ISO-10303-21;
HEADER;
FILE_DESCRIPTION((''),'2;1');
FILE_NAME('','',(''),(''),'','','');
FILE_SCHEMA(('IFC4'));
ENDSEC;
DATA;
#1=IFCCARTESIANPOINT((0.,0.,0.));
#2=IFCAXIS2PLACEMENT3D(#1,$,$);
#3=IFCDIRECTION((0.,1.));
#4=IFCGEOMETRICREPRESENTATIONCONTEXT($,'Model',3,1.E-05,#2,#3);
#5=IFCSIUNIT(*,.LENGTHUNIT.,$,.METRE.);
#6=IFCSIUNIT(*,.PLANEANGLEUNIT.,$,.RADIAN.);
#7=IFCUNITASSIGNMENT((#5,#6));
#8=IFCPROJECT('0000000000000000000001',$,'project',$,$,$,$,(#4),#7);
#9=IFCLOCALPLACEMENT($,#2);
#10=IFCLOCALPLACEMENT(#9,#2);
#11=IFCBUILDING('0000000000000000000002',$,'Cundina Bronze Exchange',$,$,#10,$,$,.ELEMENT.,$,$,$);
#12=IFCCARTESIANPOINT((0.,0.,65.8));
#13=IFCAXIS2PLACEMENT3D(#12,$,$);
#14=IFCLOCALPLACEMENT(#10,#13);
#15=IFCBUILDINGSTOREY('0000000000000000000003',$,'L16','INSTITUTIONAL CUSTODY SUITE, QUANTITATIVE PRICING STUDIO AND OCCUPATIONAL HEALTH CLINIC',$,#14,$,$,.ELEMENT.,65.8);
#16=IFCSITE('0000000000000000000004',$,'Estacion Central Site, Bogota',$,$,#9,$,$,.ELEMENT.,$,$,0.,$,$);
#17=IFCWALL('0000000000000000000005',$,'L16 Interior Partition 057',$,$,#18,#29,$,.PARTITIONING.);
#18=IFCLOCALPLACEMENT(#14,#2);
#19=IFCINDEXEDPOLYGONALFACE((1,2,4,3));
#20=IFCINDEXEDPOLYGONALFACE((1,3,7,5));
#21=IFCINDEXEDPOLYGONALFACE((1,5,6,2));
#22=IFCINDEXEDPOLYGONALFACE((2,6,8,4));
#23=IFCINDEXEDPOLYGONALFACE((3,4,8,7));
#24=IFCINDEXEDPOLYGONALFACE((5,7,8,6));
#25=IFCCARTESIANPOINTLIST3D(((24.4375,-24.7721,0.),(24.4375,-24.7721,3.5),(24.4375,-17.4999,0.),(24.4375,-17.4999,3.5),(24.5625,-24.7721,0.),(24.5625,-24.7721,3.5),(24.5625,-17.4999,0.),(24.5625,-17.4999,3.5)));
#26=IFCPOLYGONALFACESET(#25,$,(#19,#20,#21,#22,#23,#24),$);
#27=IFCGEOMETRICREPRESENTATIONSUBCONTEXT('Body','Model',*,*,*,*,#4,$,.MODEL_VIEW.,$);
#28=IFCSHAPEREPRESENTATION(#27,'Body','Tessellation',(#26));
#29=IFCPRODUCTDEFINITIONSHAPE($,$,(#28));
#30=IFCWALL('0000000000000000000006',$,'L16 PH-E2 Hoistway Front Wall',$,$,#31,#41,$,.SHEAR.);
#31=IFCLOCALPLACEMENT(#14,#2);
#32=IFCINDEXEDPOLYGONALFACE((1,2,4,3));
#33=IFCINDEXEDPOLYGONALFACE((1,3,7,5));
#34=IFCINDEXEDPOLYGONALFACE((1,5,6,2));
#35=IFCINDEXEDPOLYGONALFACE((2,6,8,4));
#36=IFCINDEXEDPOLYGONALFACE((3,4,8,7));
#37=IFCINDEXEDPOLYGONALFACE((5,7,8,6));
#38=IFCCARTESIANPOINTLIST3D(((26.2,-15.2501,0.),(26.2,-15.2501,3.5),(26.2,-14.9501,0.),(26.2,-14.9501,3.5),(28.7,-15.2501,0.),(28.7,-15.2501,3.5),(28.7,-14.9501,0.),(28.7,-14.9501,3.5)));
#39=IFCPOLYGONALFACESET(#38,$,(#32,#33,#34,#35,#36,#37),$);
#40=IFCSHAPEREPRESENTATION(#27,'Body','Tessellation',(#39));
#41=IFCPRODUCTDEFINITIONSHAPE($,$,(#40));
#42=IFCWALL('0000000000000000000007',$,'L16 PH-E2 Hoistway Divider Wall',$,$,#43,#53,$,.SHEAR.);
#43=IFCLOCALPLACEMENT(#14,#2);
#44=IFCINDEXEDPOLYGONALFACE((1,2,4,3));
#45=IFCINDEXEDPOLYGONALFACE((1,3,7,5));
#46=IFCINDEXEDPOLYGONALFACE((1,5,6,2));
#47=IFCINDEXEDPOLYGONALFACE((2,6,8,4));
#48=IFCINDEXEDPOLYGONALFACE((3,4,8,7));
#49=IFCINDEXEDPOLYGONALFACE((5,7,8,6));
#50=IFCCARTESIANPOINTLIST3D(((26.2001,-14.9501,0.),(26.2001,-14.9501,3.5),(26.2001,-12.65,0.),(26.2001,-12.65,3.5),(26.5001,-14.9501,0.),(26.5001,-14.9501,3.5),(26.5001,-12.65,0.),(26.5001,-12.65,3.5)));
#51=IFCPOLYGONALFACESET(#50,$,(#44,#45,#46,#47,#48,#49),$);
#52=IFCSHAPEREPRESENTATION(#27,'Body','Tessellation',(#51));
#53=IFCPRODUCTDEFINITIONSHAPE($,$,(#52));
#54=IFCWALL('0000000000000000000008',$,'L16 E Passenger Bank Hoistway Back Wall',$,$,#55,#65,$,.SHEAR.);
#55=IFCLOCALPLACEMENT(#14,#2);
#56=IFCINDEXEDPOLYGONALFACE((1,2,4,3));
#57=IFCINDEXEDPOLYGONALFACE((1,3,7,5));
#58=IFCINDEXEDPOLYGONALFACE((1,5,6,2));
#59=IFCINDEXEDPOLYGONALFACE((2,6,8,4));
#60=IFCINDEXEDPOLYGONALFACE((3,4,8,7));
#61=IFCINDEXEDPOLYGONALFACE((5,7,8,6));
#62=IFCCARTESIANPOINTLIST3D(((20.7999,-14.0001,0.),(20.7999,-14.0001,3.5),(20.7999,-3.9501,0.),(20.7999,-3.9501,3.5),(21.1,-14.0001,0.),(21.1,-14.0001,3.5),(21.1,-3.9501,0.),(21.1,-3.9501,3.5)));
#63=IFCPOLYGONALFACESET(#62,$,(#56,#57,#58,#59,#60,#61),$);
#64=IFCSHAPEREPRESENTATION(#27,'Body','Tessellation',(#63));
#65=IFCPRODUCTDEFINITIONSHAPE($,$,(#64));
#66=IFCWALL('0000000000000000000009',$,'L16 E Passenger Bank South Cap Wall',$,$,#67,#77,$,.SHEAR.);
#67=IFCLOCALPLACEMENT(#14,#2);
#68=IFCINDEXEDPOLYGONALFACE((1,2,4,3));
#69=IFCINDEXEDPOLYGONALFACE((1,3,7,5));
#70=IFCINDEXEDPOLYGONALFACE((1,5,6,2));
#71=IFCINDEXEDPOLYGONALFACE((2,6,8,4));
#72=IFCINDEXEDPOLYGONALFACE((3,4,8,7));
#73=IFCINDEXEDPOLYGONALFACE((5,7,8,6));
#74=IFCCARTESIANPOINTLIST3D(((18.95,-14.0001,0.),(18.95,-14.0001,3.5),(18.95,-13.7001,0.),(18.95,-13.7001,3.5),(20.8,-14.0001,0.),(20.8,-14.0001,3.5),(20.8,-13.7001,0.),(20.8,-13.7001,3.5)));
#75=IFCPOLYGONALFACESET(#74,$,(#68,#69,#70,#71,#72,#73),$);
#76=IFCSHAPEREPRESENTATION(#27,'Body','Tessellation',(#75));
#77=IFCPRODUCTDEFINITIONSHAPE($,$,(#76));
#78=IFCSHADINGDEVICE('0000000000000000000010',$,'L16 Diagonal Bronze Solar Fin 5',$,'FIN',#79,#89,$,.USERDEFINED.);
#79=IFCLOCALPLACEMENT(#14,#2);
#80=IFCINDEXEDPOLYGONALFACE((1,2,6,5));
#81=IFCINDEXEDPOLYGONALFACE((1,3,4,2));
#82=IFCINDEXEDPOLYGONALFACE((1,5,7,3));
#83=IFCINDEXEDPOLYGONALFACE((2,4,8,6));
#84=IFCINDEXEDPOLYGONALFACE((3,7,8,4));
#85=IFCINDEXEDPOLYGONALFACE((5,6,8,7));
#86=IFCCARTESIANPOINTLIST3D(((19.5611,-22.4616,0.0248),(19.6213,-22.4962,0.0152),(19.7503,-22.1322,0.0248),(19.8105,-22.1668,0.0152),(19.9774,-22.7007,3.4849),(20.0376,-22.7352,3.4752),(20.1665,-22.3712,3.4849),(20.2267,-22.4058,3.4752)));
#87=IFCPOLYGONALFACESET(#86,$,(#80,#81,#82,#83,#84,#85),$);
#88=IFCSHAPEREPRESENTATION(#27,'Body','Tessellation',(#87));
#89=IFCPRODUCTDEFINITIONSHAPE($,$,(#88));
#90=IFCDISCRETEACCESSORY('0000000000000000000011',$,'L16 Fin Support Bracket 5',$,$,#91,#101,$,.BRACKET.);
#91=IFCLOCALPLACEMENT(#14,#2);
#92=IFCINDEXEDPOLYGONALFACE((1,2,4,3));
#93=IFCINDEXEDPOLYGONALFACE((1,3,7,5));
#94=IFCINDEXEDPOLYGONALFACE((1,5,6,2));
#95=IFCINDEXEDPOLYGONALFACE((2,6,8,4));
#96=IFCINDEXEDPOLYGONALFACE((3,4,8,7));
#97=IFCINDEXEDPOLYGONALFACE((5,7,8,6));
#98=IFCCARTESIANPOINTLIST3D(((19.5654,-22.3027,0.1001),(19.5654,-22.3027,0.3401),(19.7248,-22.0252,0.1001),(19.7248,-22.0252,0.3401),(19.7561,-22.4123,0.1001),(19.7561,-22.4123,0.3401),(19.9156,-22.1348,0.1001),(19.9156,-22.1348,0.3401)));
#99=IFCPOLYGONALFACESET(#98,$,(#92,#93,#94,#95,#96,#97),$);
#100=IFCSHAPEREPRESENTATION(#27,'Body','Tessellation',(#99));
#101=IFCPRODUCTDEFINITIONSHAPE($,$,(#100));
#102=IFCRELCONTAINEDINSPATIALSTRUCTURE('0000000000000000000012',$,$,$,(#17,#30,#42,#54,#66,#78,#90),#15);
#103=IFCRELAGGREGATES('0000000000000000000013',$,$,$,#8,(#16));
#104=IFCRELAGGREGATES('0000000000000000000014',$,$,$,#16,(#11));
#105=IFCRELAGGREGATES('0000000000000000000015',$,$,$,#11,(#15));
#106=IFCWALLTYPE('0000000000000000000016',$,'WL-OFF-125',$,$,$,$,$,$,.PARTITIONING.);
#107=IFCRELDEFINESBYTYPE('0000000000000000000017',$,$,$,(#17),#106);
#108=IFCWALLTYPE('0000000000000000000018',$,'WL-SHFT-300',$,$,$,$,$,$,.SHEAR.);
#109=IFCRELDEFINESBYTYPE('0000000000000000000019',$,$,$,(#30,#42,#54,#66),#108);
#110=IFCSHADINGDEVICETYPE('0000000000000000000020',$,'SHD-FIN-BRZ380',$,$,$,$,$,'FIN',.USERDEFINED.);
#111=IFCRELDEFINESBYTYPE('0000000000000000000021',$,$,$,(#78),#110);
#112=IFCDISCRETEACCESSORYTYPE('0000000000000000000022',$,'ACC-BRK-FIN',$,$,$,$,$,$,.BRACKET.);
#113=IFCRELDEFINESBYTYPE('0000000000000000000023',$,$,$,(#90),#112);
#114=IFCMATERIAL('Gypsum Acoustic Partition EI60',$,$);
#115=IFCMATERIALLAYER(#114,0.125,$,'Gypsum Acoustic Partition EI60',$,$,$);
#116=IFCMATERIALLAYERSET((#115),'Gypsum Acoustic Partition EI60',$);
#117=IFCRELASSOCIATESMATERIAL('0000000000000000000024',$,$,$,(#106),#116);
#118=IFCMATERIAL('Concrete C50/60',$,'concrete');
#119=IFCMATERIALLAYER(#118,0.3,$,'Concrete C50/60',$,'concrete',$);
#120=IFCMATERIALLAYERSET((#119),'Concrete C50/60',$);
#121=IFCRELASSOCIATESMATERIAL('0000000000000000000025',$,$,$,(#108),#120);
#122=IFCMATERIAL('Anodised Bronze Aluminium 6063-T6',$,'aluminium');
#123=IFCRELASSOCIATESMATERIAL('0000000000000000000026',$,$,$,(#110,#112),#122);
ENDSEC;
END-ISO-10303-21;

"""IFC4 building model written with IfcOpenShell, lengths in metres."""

from ifc_helpers import new_model, si_unit, direction, frame, frame_2d, origin, origin_2d, place, context, subcontext, project, spatial, rectangle, extrude, material, layer, layer_set, material_profile, profile_set, type_object, element, save


model = new_model("IFC4")

# Units and contexts
model_context = context("Model", 3, precision=1e-05, world=origin(), true_north=direction((0.0, 1.0)))
body_context = subcontext(model_context, "Body", "Model", "MODEL_VIEW")
ifc_project = project(units=[si_unit("LENGTHUNIT", "METRE"), si_unit("PLANEANGLEUNIT", "RADIAN")], contexts=[model_context])

# Site, building, storey
site_placement = place(None, origin())
site = spatial("IfcSite", under=ifc_project, at=site_placement, Name="Estacion Central Site, Bogota", CompositionType="ELEMENT", RefElevation=0.0)
building_placement = place(site_placement, origin())
building = spatial("IfcBuilding", under=site, at=building_placement, Name="Cundina Bronze Exchange", CompositionType="ELEMENT")
storey_placement = place(building_placement, frame((0.0, 0.0, 65.8)))
storey = spatial("IfcBuildingStorey", under=building, at=storey_placement, Name="L16", Description="INSTITUTIONAL CUSTODY SUITE, QUANTITATIVE PRICING STUDIO AND OCCUPATIONAL HEALTH CLINIC", CompositionType="ELEMENT", Elevation=65.8)

# Shared definitions
ifc_material_1 = material(Name="Anodised Bronze Aluminium 6063-T6", Category="aluminium")

# Walls
ifc_material_2 = material(Name="Gypsum Acoustic Partition EI60")
ifc_layer_1 = layer(ifc_material_2, 0.125, Name="Gypsum Acoustic Partition EI60")
ifc_layer_set_1 = layer_set([ifc_layer_1], Name="Gypsum Acoustic Partition EI60")
wall_type_1 = type_object("IfcWallType", Name="WL-OFF-125", PredefinedType="PARTITIONING", material=ifc_layer_set_1)
wall_1_placement = place(storey_placement, frame((24.5, -24.7722, 0.0), z_axis=(0.0, 0.0, 1.0), x_axis=(0.0, 1.0, 0.0)))
element("IfcWall", 1, at=wall_1_placement, inside=storey, type_object=wall_type_1, Name="L16 Interior Partition 057", PredefinedType="PARTITIONING", context=body_context, shape_type="SweptSolid", body=[
    extrude(rectangle(XDim=7.2722, YDim=0.125, at=frame_2d((3.6362, 0.0))), origin(), (0.0, 0.0, 1.0), 3.5),
])
ifc_material_3 = material(Name="Concrete C50/60", Category="concrete")
ifc_layer_2 = layer(ifc_material_3, 0.3, Name="Concrete C50/60", Category="concrete")
ifc_layer_set_2 = layer_set([ifc_layer_2], Name="Concrete C50/60")
wall_type_2 = type_object("IfcWallType", Name="WL-SHFT-300", PredefinedType="SHEAR", material=ifc_layer_set_2)
wall_2_placement = place(storey_placement, frame((26.2, -15.1001, 0.0), z_axis=(0.0, 0.0, 1.0), x_axis=(1.0, 0.0, 0.0)))
element("IfcWall", 2, at=wall_2_placement, inside=storey, type_object=wall_type_2, Name="L16 PH-E2 Hoistway Front Wall", PredefinedType="SHEAR", context=body_context, shape_type="SweptSolid", body=[
    extrude(rectangle(XDim=2.5, YDim=0.3, at=frame_2d((1.25, 0.0))), origin(), (0.0, 0.0, 1.0), 3.5),
])
wall_3_placement = place(storey_placement, frame((26.3501, -14.95, 0.0), z_axis=(0.0, 0.0, 1.0), x_axis=(0.0, 1.0, 0.0)))
element("IfcWall", 3, at=wall_3_placement, inside=storey, type_object=wall_type_2, Name="L16 PH-E2 Hoistway Divider Wall", PredefinedType="SHEAR", context=body_context, shape_type="SweptSolid", body=[
    extrude(rectangle(XDim=2.3, YDim=0.3, at=frame_2d((1.1499, 0.0))), origin(), (0.0, 0.0, 1.0), 3.5),
])
wall_4_placement = place(storey_placement, frame((20.95, -14.0, 0.0), z_axis=(0.0, 0.0, 1.0), x_axis=(0.0, 1.0, 0.0)))
element("IfcWall", 4, at=wall_4_placement, inside=storey, type_object=wall_type_2, Name="L16 E Passenger Bank Hoistway Back Wall", PredefinedType="SHEAR", context=body_context, shape_type="SweptSolid", body=[
    extrude(rectangle(XDim=10.05, YDim=0.3, at=frame_2d((5.0249, 0.0))), origin(), (0.0, 0.0, 1.0), 3.5),
])
wall_5_placement = place(storey_placement, frame((18.95, -13.8501, 0.0), z_axis=(0.0, 0.0, 1.0), x_axis=(1.0, 0.0, 0.0)))
element("IfcWall", 5, at=wall_5_placement, inside=storey, type_object=wall_type_2, Name="L16 E Passenger Bank South Cap Wall", PredefinedType="SHEAR", context=body_context, shape_type="SweptSolid", body=[
    extrude(rectangle(XDim=1.8501, YDim=0.3, at=frame_2d((0.925, 0.0))), origin(), (0.0, 0.0, 1.0), 3.5),
])

# Shading device
ifc_material_profile_1 = material_profile(ifc_material_1, rectangle(XDim=0.0701, YDim=0.3799, at=origin_2d()), Name="FIN70X380", Category="aluminium")
ifc_profile_set_1 = profile_set([ifc_material_profile_1], Name="Anodised Bronze Aluminium 6063-T6")
shading_device_type = type_object("IfcShadingDeviceType", Name="SHD-FIN-BRZ380", ElementType="FIN", PredefinedType="USERDEFINED", material=ifc_profile_set_1)
shading_device_placement = place(storey_placement, frame((19.6858, -22.3142, 0.02), z_axis=(0.119166, -0.068425, 0.990514), x_axis=(-0.858982, 0.493222, 0.137414)))
element("IfcShadingDevice", 6, at=shading_device_placement, inside=storey, type_object=shading_device_type, Name="L16 Diagonal Bronze Solar Fin 5", ObjectType="FIN", PredefinedType="USERDEFINED", context=body_context, shape_type="SweptSolid", body=[
    extrude(rectangle(XDim=0.0701, YDim=0.3799, at=origin_2d()), origin(), (0.0, 0.0, 1.0), 3.4932),
])

# Discrete accessory
discrete_accessory_type = type_object("IfcDiscreteAccessoryType", Name="ACC-BRK-FIN", PredefinedType="BRACKET", material=ifc_material_1)
discrete_accessory_placement = place(storey_placement, frame((19.7405, -22.2188, 0.1001), z_axis=(0.0, 0.0, 1.0), x_axis=(0.867105, -0.498125, 0.0)))
element("IfcDiscreteAccessory", 7, at=discrete_accessory_placement, inside=storey, type_object=discrete_accessory_type, Name="L16 Fin Support Bracket 5", PredefinedType="BRACKET", context=body_context, shape_type="SweptSolid", body=[
    extrude(rectangle(XDim=0.22, YDim=0.3201, at=origin_2d()), origin(), (0.0, 0.0, 1.0), 0.24),
])

save(model, "model.ifc")
